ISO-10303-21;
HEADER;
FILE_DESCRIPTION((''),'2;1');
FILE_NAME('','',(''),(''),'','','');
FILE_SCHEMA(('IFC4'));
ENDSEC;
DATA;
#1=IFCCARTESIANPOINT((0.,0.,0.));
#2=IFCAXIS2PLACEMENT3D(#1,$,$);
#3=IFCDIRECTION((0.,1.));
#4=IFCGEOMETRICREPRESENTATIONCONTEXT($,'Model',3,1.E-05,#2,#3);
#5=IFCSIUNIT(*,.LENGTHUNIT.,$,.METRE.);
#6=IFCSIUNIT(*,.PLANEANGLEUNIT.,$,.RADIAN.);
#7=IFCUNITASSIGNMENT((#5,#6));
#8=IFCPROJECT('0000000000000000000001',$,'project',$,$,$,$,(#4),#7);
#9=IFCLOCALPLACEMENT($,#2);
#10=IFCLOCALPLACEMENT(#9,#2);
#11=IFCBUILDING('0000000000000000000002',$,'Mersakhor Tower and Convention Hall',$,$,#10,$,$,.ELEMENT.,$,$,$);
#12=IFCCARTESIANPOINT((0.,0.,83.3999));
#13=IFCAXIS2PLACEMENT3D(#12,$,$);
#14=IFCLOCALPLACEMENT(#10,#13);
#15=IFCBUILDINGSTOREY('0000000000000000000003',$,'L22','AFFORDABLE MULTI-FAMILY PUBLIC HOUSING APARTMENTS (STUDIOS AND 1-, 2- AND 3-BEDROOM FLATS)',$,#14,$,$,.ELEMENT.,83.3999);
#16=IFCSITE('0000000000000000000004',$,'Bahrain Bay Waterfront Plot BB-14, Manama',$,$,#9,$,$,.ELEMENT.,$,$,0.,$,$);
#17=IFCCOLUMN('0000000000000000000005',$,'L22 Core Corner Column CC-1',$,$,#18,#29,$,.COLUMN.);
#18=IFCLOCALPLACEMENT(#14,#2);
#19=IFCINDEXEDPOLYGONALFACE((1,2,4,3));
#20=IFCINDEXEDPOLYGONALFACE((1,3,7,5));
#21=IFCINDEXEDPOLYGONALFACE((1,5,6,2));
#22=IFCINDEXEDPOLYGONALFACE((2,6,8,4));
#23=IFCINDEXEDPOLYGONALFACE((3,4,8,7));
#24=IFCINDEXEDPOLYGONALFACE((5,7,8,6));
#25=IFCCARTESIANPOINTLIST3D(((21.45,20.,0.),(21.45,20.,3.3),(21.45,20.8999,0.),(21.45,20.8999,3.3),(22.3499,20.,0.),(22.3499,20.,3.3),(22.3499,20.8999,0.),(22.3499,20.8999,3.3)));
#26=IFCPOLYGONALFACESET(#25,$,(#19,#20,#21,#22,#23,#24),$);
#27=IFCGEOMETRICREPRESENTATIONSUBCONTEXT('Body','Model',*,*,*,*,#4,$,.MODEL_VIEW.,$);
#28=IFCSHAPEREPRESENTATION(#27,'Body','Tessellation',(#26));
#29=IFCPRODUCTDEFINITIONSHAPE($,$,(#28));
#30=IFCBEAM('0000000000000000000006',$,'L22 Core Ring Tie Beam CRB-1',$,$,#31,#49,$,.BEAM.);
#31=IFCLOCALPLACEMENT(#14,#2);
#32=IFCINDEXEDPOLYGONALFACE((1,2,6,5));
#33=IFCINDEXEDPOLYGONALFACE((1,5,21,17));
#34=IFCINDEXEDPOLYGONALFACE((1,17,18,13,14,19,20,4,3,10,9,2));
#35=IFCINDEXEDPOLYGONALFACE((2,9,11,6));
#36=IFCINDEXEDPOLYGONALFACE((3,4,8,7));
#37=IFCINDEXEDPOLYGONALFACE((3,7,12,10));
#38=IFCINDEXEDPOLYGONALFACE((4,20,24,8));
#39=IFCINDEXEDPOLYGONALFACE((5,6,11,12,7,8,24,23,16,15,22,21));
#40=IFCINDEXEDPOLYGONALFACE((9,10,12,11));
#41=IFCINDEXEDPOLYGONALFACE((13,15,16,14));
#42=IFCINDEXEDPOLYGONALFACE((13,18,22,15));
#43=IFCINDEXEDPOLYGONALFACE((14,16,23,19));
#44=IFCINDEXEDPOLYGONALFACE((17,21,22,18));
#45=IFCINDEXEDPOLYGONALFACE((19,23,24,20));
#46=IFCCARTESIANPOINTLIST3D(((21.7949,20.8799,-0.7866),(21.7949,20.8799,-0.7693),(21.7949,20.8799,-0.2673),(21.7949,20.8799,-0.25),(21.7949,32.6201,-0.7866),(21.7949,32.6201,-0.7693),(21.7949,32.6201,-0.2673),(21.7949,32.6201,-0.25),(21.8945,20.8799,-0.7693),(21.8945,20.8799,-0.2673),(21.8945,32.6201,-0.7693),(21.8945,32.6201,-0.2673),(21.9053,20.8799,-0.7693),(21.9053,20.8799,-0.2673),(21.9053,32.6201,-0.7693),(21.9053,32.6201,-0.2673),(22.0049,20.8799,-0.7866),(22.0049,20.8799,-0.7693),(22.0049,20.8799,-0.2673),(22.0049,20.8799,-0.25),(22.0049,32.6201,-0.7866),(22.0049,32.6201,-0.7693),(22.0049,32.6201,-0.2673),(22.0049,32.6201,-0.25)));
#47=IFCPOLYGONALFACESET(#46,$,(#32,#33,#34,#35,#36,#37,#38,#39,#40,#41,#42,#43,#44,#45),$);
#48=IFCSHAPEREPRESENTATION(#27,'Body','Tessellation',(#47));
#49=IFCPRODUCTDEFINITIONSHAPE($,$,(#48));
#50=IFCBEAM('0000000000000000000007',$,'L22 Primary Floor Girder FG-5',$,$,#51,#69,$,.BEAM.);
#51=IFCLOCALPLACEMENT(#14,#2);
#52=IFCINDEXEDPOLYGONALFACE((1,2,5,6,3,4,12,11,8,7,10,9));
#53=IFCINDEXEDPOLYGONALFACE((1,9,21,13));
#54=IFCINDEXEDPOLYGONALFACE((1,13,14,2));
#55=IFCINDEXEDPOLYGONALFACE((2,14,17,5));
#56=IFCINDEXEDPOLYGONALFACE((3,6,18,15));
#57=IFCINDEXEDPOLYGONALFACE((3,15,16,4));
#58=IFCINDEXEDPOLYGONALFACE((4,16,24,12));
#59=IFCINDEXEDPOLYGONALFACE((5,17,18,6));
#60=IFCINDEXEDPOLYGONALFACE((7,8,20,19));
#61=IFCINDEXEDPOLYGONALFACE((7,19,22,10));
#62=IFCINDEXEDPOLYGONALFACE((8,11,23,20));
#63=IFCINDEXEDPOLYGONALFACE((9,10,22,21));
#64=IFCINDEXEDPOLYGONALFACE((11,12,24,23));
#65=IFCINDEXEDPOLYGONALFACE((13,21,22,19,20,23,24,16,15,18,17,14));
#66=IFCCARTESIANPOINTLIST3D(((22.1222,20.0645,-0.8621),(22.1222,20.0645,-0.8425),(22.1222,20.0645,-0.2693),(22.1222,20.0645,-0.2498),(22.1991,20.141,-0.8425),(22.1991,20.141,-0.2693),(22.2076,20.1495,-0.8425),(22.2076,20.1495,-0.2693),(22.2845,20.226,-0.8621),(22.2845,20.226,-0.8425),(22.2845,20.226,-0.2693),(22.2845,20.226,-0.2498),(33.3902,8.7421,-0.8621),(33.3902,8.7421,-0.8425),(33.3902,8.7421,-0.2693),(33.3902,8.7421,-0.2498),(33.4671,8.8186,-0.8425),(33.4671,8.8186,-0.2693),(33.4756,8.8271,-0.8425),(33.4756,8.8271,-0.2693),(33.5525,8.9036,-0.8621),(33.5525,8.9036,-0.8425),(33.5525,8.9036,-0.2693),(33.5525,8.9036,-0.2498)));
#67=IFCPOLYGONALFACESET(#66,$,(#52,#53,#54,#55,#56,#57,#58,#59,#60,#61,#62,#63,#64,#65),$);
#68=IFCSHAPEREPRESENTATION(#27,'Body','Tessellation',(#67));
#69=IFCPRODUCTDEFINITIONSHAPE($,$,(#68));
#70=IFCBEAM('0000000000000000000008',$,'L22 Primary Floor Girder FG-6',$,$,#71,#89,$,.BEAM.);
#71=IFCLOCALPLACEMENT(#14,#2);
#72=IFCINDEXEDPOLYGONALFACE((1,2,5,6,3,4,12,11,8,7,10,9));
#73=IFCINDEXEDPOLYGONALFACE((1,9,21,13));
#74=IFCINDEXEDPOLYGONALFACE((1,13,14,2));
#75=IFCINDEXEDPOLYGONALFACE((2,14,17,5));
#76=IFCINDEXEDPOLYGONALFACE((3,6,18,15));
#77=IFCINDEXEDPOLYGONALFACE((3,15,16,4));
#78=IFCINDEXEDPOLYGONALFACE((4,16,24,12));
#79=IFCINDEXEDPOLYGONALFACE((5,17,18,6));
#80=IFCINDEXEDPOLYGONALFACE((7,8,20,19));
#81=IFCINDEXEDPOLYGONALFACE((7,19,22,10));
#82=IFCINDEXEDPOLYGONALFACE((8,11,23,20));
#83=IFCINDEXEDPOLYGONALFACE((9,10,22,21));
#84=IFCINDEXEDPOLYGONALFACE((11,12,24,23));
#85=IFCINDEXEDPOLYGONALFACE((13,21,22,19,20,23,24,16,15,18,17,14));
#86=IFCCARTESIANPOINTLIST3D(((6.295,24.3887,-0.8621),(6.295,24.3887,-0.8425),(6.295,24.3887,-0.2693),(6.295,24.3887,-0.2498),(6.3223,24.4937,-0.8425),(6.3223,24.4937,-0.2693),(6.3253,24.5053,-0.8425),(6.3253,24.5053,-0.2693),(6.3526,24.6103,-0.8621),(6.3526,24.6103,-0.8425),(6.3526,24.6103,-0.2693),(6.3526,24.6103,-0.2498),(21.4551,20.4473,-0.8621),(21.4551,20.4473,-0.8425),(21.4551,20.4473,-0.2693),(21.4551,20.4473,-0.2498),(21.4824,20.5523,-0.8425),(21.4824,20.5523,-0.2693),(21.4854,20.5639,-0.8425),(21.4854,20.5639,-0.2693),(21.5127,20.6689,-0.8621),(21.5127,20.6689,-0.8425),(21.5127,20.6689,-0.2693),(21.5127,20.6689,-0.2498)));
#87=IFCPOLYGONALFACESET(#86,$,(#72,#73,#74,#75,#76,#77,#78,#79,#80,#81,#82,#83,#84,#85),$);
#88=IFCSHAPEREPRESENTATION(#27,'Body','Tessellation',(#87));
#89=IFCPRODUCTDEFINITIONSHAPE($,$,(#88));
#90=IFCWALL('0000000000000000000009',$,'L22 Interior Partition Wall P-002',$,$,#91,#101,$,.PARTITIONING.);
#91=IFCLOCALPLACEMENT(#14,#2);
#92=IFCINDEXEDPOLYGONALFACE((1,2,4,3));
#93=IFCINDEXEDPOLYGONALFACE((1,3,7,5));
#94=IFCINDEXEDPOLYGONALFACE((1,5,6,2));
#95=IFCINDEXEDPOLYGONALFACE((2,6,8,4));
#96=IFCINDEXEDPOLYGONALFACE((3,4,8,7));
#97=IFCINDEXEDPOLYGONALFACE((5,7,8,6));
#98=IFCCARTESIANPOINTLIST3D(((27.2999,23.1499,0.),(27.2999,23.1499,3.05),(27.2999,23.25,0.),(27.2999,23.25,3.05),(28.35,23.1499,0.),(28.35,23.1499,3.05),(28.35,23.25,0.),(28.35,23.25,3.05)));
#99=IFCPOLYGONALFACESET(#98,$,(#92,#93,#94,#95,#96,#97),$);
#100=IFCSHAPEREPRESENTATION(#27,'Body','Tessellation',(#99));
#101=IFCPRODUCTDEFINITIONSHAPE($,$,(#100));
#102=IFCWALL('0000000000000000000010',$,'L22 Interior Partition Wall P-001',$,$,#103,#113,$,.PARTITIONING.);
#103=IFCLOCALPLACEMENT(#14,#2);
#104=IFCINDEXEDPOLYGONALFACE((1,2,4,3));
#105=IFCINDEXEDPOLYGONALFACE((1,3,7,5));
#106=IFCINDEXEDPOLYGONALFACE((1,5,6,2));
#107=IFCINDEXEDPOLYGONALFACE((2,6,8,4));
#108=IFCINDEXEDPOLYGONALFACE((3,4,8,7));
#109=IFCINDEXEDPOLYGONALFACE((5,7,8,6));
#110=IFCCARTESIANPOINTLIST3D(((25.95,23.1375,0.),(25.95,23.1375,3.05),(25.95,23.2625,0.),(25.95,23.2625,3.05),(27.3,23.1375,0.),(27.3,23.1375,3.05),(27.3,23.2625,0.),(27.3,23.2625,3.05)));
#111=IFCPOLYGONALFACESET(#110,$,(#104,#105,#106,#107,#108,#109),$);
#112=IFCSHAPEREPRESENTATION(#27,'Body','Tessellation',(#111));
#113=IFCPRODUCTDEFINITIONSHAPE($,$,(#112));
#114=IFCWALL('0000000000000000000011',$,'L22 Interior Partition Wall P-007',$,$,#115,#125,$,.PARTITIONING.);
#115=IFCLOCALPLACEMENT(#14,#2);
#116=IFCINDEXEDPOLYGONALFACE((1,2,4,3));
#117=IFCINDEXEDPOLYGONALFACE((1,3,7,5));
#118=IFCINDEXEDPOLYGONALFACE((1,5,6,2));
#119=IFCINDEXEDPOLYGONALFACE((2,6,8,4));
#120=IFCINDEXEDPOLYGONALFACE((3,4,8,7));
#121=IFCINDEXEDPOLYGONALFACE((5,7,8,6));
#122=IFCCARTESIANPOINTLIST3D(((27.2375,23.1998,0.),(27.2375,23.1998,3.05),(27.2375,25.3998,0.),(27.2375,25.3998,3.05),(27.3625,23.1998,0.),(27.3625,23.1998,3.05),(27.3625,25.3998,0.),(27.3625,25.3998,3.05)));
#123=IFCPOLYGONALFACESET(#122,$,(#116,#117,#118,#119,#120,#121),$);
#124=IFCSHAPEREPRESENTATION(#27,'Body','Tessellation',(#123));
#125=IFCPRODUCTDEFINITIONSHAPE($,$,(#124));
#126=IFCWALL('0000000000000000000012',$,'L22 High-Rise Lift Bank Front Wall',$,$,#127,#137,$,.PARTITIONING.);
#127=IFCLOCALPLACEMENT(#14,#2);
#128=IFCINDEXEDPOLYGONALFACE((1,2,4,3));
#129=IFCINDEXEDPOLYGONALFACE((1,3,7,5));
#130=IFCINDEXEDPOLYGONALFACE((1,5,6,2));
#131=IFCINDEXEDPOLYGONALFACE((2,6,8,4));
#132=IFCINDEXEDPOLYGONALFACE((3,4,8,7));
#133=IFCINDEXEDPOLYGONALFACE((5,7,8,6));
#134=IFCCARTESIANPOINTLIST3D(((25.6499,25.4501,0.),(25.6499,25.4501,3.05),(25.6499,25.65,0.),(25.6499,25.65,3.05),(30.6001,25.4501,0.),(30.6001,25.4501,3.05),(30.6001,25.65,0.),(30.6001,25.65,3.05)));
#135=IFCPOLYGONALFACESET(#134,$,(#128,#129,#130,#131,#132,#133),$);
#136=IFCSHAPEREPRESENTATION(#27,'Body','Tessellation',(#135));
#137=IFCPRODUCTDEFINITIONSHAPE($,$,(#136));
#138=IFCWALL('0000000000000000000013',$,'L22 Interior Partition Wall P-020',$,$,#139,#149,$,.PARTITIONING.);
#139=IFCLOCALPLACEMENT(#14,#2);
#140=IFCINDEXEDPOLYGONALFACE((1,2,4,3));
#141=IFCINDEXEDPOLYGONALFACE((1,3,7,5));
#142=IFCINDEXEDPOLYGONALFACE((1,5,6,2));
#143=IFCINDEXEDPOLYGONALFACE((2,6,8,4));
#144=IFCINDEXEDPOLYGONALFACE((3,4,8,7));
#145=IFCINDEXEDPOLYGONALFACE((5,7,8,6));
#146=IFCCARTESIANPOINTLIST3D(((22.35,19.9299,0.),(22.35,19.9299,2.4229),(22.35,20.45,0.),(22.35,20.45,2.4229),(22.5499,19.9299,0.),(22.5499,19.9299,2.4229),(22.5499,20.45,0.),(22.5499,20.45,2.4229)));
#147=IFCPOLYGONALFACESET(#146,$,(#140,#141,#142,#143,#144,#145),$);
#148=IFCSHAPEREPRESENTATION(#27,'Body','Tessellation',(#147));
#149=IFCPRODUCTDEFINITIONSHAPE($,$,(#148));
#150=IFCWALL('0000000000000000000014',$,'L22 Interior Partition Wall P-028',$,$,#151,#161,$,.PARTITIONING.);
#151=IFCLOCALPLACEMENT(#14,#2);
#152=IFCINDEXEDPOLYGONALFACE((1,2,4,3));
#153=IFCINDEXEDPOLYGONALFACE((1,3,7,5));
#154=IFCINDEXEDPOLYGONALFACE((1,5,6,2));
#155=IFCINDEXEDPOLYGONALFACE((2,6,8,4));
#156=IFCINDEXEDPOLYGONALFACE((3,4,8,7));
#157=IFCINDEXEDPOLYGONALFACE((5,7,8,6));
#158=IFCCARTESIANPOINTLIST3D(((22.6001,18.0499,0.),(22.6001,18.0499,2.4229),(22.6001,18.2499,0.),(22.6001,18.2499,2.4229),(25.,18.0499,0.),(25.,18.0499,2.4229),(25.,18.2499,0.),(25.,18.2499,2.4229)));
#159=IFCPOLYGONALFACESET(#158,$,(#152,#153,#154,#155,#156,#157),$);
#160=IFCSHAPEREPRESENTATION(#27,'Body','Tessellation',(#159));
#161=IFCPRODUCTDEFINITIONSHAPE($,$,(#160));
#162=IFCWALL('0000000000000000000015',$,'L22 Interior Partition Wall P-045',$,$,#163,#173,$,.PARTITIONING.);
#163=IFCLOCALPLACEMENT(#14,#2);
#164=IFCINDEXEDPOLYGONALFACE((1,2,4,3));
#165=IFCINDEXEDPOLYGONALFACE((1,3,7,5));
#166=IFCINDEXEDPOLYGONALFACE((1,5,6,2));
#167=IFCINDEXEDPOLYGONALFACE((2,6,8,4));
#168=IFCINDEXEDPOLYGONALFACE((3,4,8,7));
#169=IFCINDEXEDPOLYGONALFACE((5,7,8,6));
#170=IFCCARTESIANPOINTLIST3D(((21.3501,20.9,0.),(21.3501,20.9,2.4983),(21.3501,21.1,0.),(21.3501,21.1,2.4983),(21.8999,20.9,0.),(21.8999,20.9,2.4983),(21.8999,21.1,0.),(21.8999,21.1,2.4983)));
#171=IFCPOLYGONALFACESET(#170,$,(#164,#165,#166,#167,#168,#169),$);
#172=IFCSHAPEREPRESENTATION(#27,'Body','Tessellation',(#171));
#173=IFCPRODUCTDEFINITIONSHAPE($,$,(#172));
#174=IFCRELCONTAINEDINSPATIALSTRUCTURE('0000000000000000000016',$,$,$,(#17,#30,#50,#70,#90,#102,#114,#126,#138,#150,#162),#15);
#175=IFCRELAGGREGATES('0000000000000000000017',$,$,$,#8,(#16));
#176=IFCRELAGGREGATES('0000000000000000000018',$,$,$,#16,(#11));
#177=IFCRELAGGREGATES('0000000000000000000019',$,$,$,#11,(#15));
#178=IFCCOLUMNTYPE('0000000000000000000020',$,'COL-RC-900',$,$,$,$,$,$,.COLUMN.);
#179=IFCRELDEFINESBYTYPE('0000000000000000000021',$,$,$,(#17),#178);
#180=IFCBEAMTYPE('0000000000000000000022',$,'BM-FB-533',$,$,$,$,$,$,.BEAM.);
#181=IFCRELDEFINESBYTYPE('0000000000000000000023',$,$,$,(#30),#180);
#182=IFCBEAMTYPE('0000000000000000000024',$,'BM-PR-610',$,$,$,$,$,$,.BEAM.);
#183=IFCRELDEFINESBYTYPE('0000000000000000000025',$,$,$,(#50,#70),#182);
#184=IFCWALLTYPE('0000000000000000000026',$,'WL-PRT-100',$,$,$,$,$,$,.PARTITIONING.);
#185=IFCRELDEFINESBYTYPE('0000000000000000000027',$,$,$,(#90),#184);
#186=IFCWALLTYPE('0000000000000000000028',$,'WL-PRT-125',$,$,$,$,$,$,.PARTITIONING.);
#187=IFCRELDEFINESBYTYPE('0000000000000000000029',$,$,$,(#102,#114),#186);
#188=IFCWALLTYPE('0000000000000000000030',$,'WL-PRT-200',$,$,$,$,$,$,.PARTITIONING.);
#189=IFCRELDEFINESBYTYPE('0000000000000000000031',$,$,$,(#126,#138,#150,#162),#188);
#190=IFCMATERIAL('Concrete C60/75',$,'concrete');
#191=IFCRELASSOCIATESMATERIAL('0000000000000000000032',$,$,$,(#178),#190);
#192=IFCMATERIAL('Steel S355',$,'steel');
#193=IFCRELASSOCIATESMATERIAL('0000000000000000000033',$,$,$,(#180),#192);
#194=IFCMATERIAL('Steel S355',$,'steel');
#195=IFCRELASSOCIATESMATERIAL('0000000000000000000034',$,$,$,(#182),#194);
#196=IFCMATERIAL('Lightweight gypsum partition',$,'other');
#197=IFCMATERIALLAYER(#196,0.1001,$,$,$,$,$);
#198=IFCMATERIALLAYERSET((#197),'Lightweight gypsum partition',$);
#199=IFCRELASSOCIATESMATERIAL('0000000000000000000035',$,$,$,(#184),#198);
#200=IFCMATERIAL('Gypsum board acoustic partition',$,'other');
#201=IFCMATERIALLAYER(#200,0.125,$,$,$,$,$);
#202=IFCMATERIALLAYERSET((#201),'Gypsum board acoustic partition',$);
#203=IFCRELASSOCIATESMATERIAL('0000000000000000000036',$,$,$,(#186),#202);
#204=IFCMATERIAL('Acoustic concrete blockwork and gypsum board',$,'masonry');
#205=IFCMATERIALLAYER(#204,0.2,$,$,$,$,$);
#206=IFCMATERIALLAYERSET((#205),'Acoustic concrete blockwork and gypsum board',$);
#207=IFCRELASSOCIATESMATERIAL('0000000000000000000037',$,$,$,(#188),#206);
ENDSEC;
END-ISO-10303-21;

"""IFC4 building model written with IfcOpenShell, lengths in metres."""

from ifc_helpers import new_model, si_unit, direction, frame, frame_2d, origin, origin_2d, place, context, subcontext, project, spatial, rectangle, i_section, extrude, material, layer, layer_set, material_profile, profile_set, type_object, element, save


model = new_model("IFC4")

# Units and contexts
model_context = context("Model", 3, precision=1e-05, world=origin(), true_north=direction((0.0, 1.0)))
body_context = subcontext(model_context, "Body", "Model", "MODEL_VIEW")
ifc_project = project(units=[si_unit("LENGTHUNIT", "METRE"), si_unit("PLANEANGLEUNIT", "RADIAN")], contexts=[model_context])

# Site, building, storey
site_placement = place(None, origin())
site = spatial("IfcSite", under=ifc_project, at=site_placement, Name="Bahrain Bay Waterfront Plot BB-14, Manama", CompositionType="ELEMENT", RefElevation=0.0)
building_placement = place(site_placement, origin())
building = spatial("IfcBuilding", under=site, at=building_placement, Name="Mersakhor Tower and Convention Hall", CompositionType="ELEMENT")
storey_placement = place(building_placement, frame((0.0, 0.0, 83.3999)))
storey = spatial("IfcBuildingStorey", under=building, at=storey_placement, Name="L22", Description="AFFORDABLE MULTI-FAMILY PUBLIC HOUSING APARTMENTS (STUDIOS AND 1-, 2- AND 3-BEDROOM FLATS)", CompositionType="ELEMENT", Elevation=83.3999)

# Column
ifc_material_1 = material(Name="Concrete C60/75", Category="concrete")
ifc_material_profile_1 = material_profile(ifc_material_1, rectangle(XDim=0.8999, YDim=0.8999, at=origin_2d()), Name="RC 900x900")
ifc_profile_set_1 = profile_set([ifc_material_profile_1], Name="Concrete C60/75")
column_type = type_object("IfcColumnType", Name="COL-RC-900", PredefinedType="COLUMN", material=ifc_profile_set_1)
column_placement = place(storey_placement, frame((21.8999, 20.45, 0.0), z_axis=(0.0, 0.0, 1.0), x_axis=(1.0, 0.0, 0.0)))
element("IfcColumn", 1, at=column_placement, inside=storey, type_object=column_type, Name="L22 Core Corner Column CC-1", PredefinedType="COLUMN", context=body_context, shape_type="SweptSolid", body=[
    extrude(rectangle(XDim=0.8999, YDim=0.8999, at=origin_2d()), origin(), (0.0, 0.0, 1.0), 3.3),
])

# Beams
ifc_material_2 = material(Name="Steel S355", Category="steel")
ifc_material_profile_2 = material_profile(ifc_material_2, i_section(OverallWidth=0.21, OverallDepth=0.5366, WebThickness=0.0107, FlangeThickness=0.0173, at=origin_2d()), Name="UB 533x210x101")
ifc_profile_set_2 = profile_set([ifc_material_profile_2], Name="Steel S355")
beam_type_1 = type_object("IfcBeamType", Name="BM-FB-533", PredefinedType="BEAM", material=ifc_profile_set_2)
beam_1_placement = place(storey_placement, frame((21.8999, 20.8799, -0.5183), z_axis=(0.0, 1.0, 0.0), x_axis=(-1.0, 0.0, 0.0)))
element("IfcBeam", 2, at=beam_1_placement, inside=storey, type_object=beam_type_1, Name="L22 Core Ring Tie Beam CRB-1", PredefinedType="BEAM", context=body_context, shape_type="SweptSolid", body=[
    extrude(i_section(OverallWidth=0.21, OverallDepth=0.5366, WebThickness=0.0107, FlangeThickness=0.0173, at=origin_2d()), origin(), (0.0, 0.0, 1.0), 11.7402),
])
ifc_material_3 = material(Name="Steel S355", Category="steel")
ifc_material_profile_3 = material_profile(ifc_material_3, i_section(OverallWidth=0.229, OverallDepth=0.6123, WebThickness=0.012, FlangeThickness=0.0195, at=origin_2d()), Name="UB 610x229x125")
ifc_profile_set_3 = profile_set([ifc_material_profile_3], Name="Steel S355")
beam_type_2 = type_object("IfcBeamType", Name="BM-PR-610", PredefinedType="BEAM", material=ifc_profile_set_3)
beam_2_placement = place(storey_placement, frame((22.2034, 20.1453, -0.5559), z_axis=(0.705401, -0.708809, 0.0), x_axis=(0.708809, 0.705401, 0.0)))
element("IfcBeam", 3, at=beam_2_placement, inside=storey, type_object=beam_type_2, Name="L22 Primary Floor Girder FG-5", PredefinedType="BEAM", context=body_context, shape_type="SweptSolid", body=[
    extrude(i_section(OverallWidth=0.229, OverallDepth=0.6123, WebThickness=0.012, FlangeThickness=0.0195, at=origin_2d()), origin(), (0.0, 0.0, 1.0), 15.9739),
])
beam_3_placement = place(storey_placement, frame((21.4839, 20.5581, -0.5559), z_axis=(-0.967826, 0.25162, 0.0), x_axis=(-0.25162, -0.967826, 0.0)))
element("IfcBeam", 4, at=beam_3_placement, inside=storey, type_object=beam_type_2, Name="L22 Primary Floor Girder FG-6", PredefinedType="BEAM", context=body_context, shape_type="SweptSolid", body=[
    extrude(i_section(OverallWidth=0.229, OverallDepth=0.6123, WebThickness=0.012, FlangeThickness=0.0195, at=origin_2d()), origin(), (0.0, 0.0, 1.0), 15.6641),
])

# Walls
ifc_material_4 = material(Name="Lightweight gypsum partition", Category="other")
ifc_layer_1 = layer(ifc_material_4, 0.1001)
ifc_layer_set_1 = layer_set([ifc_layer_1], Name="Lightweight gypsum partition")
wall_type_1 = type_object("IfcWallType", Name="WL-PRT-100", PredefinedType="PARTITIONING", material=ifc_layer_set_1)
wall_1_placement = place(storey_placement, frame((27.3, 23.2, 0.0), z_axis=(0.0, 0.0, 1.0), x_axis=(1.0, 0.0, 0.0)))
element("IfcWall", 5, at=wall_1_placement, inside=storey, type_object=wall_type_1, Name="L22 Interior Partition Wall P-002", PredefinedType="PARTITIONING", context=body_context, shape_type="SweptSolid", body=[
    extrude(rectangle(XDim=1.05, YDim=0.1001, at=frame_2d((0.5249, 0.0))), origin(), (0.0, 0.0, 1.0), 3.05),
])
ifc_material_5 = material(Name="Gypsum board acoustic partition", Category="other")
ifc_layer_2 = layer(ifc_material_5, 0.125)
ifc_layer_set_2 = layer_set([ifc_layer_2], Name="Gypsum board acoustic partition")
wall_type_2 = type_object("IfcWallType", Name="WL-PRT-125", PredefinedType="PARTITIONING", material=ifc_layer_set_2)
wall_2_placement = place(storey_placement, frame((25.95, 23.2, 0.0), z_axis=(0.0, 0.0, 1.0), x_axis=(1.0, 0.0, 0.0)))
element("IfcWall", 6, at=wall_2_placement, inside=storey, type_object=wall_type_2, Name="L22 Interior Partition Wall P-001", PredefinedType="PARTITIONING", context=body_context, shape_type="SweptSolid", body=[
    extrude(rectangle(XDim=1.3501, YDim=0.125, at=frame_2d((0.675, 0.0))), origin(), (0.0, 0.0, 1.0), 3.05),
])
wall_3_placement = place(storey_placement, frame((27.3, 25.3999, 0.0), z_axis=(0.0, 0.0, 1.0), x_axis=(0.0, -1.0, 0.0)))
element("IfcWall", 7, at=wall_3_placement, inside=storey, type_object=wall_type_2, Name="L22 Interior Partition Wall P-007", PredefinedType="PARTITIONING", context=body_context, shape_type="SweptSolid", body=[
    extrude(rectangle(XDim=2.2, YDim=0.125, at=frame_2d((1.1001, 0.0))), origin(), (0.0, 0.0, 1.0), 3.05),
])
ifc_material_6 = material(Name="Acoustic concrete blockwork and gypsum board", Category="masonry")
ifc_layer_3 = layer(ifc_material_6, 0.2)
ifc_layer_set_3 = layer_set([ifc_layer_3], Name="Acoustic concrete blockwork and gypsum board")
wall_type_3 = type_object("IfcWallType", Name="WL-PRT-200", PredefinedType="PARTITIONING", material=ifc_layer_set_3)
wall_4_placement = place(storey_placement, frame((25.6499, 25.55, 0.0), z_axis=(0.0, 0.0, 1.0), x_axis=(1.0, 0.0, 0.0)))
element("IfcWall", 8, at=wall_4_placement, inside=storey, type_object=wall_type_3, Name="L22 High-Rise Lift Bank Front Wall", PredefinedType="PARTITIONING", context=body_context, shape_type="SweptSolid", body=[
    extrude(rectangle(XDim=4.9502, YDim=0.2, at=frame_2d((2.4751, 0.0))), origin(), (0.0, 0.0, 1.0), 3.05),
])
wall_5_placement = place(storey_placement, frame((22.45, 19.9299, 0.0), z_axis=(0.0, 0.0, 1.0), x_axis=(0.0, 1.0, 0.0)))
element("IfcWall", 9, at=wall_5_placement, inside=storey, type_object=wall_type_3, Name="L22 Interior Partition Wall P-020", PredefinedType="PARTITIONING", context=body_context, shape_type="SweptSolid", body=[
    extrude(rectangle(XDim=0.52, YDim=0.2, at=frame_2d((0.26, 0.0))), origin(), (0.0, 0.0, 1.0), 2.4229),
])

# Walls
wall_6_placement = place(storey_placement, frame((25.0, 18.1499, 0.0), z_axis=(0.0, 0.0, 1.0), x_axis=(-1.0, 0.0, 0.0)))
element("IfcWall", 10, at=wall_6_placement, inside=storey, type_object=wall_type_3, Name="L22 Interior Partition Wall P-028", PredefinedType="PARTITIONING", context=body_context, shape_type="SweptSolid", body=[
    extrude(rectangle(XDim=2.3999, YDim=0.2, at=frame_2d((1.2, 0.0))), origin(), (0.0, 0.0, 1.0), 2.4229),
])
wall_7_placement = place(storey_placement, frame((21.8999, 21.0, 0.0), z_axis=(0.0, 0.0, 1.0), x_axis=(-1.0, 0.0, 0.0)))
element("IfcWall", 11, at=wall_7_placement, inside=storey, type_object=wall_type_3, Name="L22 Interior Partition Wall P-045", PredefinedType="PARTITIONING", context=body_context, shape_type="SweptSolid", body=[
    extrude(rectangle(XDim=0.5498, YDim=0.2, at=frame_2d((0.2749, 0.0))), origin(), (0.0, 0.0, 1.0), 2.4983),
])

save(model, "model.ifc")
